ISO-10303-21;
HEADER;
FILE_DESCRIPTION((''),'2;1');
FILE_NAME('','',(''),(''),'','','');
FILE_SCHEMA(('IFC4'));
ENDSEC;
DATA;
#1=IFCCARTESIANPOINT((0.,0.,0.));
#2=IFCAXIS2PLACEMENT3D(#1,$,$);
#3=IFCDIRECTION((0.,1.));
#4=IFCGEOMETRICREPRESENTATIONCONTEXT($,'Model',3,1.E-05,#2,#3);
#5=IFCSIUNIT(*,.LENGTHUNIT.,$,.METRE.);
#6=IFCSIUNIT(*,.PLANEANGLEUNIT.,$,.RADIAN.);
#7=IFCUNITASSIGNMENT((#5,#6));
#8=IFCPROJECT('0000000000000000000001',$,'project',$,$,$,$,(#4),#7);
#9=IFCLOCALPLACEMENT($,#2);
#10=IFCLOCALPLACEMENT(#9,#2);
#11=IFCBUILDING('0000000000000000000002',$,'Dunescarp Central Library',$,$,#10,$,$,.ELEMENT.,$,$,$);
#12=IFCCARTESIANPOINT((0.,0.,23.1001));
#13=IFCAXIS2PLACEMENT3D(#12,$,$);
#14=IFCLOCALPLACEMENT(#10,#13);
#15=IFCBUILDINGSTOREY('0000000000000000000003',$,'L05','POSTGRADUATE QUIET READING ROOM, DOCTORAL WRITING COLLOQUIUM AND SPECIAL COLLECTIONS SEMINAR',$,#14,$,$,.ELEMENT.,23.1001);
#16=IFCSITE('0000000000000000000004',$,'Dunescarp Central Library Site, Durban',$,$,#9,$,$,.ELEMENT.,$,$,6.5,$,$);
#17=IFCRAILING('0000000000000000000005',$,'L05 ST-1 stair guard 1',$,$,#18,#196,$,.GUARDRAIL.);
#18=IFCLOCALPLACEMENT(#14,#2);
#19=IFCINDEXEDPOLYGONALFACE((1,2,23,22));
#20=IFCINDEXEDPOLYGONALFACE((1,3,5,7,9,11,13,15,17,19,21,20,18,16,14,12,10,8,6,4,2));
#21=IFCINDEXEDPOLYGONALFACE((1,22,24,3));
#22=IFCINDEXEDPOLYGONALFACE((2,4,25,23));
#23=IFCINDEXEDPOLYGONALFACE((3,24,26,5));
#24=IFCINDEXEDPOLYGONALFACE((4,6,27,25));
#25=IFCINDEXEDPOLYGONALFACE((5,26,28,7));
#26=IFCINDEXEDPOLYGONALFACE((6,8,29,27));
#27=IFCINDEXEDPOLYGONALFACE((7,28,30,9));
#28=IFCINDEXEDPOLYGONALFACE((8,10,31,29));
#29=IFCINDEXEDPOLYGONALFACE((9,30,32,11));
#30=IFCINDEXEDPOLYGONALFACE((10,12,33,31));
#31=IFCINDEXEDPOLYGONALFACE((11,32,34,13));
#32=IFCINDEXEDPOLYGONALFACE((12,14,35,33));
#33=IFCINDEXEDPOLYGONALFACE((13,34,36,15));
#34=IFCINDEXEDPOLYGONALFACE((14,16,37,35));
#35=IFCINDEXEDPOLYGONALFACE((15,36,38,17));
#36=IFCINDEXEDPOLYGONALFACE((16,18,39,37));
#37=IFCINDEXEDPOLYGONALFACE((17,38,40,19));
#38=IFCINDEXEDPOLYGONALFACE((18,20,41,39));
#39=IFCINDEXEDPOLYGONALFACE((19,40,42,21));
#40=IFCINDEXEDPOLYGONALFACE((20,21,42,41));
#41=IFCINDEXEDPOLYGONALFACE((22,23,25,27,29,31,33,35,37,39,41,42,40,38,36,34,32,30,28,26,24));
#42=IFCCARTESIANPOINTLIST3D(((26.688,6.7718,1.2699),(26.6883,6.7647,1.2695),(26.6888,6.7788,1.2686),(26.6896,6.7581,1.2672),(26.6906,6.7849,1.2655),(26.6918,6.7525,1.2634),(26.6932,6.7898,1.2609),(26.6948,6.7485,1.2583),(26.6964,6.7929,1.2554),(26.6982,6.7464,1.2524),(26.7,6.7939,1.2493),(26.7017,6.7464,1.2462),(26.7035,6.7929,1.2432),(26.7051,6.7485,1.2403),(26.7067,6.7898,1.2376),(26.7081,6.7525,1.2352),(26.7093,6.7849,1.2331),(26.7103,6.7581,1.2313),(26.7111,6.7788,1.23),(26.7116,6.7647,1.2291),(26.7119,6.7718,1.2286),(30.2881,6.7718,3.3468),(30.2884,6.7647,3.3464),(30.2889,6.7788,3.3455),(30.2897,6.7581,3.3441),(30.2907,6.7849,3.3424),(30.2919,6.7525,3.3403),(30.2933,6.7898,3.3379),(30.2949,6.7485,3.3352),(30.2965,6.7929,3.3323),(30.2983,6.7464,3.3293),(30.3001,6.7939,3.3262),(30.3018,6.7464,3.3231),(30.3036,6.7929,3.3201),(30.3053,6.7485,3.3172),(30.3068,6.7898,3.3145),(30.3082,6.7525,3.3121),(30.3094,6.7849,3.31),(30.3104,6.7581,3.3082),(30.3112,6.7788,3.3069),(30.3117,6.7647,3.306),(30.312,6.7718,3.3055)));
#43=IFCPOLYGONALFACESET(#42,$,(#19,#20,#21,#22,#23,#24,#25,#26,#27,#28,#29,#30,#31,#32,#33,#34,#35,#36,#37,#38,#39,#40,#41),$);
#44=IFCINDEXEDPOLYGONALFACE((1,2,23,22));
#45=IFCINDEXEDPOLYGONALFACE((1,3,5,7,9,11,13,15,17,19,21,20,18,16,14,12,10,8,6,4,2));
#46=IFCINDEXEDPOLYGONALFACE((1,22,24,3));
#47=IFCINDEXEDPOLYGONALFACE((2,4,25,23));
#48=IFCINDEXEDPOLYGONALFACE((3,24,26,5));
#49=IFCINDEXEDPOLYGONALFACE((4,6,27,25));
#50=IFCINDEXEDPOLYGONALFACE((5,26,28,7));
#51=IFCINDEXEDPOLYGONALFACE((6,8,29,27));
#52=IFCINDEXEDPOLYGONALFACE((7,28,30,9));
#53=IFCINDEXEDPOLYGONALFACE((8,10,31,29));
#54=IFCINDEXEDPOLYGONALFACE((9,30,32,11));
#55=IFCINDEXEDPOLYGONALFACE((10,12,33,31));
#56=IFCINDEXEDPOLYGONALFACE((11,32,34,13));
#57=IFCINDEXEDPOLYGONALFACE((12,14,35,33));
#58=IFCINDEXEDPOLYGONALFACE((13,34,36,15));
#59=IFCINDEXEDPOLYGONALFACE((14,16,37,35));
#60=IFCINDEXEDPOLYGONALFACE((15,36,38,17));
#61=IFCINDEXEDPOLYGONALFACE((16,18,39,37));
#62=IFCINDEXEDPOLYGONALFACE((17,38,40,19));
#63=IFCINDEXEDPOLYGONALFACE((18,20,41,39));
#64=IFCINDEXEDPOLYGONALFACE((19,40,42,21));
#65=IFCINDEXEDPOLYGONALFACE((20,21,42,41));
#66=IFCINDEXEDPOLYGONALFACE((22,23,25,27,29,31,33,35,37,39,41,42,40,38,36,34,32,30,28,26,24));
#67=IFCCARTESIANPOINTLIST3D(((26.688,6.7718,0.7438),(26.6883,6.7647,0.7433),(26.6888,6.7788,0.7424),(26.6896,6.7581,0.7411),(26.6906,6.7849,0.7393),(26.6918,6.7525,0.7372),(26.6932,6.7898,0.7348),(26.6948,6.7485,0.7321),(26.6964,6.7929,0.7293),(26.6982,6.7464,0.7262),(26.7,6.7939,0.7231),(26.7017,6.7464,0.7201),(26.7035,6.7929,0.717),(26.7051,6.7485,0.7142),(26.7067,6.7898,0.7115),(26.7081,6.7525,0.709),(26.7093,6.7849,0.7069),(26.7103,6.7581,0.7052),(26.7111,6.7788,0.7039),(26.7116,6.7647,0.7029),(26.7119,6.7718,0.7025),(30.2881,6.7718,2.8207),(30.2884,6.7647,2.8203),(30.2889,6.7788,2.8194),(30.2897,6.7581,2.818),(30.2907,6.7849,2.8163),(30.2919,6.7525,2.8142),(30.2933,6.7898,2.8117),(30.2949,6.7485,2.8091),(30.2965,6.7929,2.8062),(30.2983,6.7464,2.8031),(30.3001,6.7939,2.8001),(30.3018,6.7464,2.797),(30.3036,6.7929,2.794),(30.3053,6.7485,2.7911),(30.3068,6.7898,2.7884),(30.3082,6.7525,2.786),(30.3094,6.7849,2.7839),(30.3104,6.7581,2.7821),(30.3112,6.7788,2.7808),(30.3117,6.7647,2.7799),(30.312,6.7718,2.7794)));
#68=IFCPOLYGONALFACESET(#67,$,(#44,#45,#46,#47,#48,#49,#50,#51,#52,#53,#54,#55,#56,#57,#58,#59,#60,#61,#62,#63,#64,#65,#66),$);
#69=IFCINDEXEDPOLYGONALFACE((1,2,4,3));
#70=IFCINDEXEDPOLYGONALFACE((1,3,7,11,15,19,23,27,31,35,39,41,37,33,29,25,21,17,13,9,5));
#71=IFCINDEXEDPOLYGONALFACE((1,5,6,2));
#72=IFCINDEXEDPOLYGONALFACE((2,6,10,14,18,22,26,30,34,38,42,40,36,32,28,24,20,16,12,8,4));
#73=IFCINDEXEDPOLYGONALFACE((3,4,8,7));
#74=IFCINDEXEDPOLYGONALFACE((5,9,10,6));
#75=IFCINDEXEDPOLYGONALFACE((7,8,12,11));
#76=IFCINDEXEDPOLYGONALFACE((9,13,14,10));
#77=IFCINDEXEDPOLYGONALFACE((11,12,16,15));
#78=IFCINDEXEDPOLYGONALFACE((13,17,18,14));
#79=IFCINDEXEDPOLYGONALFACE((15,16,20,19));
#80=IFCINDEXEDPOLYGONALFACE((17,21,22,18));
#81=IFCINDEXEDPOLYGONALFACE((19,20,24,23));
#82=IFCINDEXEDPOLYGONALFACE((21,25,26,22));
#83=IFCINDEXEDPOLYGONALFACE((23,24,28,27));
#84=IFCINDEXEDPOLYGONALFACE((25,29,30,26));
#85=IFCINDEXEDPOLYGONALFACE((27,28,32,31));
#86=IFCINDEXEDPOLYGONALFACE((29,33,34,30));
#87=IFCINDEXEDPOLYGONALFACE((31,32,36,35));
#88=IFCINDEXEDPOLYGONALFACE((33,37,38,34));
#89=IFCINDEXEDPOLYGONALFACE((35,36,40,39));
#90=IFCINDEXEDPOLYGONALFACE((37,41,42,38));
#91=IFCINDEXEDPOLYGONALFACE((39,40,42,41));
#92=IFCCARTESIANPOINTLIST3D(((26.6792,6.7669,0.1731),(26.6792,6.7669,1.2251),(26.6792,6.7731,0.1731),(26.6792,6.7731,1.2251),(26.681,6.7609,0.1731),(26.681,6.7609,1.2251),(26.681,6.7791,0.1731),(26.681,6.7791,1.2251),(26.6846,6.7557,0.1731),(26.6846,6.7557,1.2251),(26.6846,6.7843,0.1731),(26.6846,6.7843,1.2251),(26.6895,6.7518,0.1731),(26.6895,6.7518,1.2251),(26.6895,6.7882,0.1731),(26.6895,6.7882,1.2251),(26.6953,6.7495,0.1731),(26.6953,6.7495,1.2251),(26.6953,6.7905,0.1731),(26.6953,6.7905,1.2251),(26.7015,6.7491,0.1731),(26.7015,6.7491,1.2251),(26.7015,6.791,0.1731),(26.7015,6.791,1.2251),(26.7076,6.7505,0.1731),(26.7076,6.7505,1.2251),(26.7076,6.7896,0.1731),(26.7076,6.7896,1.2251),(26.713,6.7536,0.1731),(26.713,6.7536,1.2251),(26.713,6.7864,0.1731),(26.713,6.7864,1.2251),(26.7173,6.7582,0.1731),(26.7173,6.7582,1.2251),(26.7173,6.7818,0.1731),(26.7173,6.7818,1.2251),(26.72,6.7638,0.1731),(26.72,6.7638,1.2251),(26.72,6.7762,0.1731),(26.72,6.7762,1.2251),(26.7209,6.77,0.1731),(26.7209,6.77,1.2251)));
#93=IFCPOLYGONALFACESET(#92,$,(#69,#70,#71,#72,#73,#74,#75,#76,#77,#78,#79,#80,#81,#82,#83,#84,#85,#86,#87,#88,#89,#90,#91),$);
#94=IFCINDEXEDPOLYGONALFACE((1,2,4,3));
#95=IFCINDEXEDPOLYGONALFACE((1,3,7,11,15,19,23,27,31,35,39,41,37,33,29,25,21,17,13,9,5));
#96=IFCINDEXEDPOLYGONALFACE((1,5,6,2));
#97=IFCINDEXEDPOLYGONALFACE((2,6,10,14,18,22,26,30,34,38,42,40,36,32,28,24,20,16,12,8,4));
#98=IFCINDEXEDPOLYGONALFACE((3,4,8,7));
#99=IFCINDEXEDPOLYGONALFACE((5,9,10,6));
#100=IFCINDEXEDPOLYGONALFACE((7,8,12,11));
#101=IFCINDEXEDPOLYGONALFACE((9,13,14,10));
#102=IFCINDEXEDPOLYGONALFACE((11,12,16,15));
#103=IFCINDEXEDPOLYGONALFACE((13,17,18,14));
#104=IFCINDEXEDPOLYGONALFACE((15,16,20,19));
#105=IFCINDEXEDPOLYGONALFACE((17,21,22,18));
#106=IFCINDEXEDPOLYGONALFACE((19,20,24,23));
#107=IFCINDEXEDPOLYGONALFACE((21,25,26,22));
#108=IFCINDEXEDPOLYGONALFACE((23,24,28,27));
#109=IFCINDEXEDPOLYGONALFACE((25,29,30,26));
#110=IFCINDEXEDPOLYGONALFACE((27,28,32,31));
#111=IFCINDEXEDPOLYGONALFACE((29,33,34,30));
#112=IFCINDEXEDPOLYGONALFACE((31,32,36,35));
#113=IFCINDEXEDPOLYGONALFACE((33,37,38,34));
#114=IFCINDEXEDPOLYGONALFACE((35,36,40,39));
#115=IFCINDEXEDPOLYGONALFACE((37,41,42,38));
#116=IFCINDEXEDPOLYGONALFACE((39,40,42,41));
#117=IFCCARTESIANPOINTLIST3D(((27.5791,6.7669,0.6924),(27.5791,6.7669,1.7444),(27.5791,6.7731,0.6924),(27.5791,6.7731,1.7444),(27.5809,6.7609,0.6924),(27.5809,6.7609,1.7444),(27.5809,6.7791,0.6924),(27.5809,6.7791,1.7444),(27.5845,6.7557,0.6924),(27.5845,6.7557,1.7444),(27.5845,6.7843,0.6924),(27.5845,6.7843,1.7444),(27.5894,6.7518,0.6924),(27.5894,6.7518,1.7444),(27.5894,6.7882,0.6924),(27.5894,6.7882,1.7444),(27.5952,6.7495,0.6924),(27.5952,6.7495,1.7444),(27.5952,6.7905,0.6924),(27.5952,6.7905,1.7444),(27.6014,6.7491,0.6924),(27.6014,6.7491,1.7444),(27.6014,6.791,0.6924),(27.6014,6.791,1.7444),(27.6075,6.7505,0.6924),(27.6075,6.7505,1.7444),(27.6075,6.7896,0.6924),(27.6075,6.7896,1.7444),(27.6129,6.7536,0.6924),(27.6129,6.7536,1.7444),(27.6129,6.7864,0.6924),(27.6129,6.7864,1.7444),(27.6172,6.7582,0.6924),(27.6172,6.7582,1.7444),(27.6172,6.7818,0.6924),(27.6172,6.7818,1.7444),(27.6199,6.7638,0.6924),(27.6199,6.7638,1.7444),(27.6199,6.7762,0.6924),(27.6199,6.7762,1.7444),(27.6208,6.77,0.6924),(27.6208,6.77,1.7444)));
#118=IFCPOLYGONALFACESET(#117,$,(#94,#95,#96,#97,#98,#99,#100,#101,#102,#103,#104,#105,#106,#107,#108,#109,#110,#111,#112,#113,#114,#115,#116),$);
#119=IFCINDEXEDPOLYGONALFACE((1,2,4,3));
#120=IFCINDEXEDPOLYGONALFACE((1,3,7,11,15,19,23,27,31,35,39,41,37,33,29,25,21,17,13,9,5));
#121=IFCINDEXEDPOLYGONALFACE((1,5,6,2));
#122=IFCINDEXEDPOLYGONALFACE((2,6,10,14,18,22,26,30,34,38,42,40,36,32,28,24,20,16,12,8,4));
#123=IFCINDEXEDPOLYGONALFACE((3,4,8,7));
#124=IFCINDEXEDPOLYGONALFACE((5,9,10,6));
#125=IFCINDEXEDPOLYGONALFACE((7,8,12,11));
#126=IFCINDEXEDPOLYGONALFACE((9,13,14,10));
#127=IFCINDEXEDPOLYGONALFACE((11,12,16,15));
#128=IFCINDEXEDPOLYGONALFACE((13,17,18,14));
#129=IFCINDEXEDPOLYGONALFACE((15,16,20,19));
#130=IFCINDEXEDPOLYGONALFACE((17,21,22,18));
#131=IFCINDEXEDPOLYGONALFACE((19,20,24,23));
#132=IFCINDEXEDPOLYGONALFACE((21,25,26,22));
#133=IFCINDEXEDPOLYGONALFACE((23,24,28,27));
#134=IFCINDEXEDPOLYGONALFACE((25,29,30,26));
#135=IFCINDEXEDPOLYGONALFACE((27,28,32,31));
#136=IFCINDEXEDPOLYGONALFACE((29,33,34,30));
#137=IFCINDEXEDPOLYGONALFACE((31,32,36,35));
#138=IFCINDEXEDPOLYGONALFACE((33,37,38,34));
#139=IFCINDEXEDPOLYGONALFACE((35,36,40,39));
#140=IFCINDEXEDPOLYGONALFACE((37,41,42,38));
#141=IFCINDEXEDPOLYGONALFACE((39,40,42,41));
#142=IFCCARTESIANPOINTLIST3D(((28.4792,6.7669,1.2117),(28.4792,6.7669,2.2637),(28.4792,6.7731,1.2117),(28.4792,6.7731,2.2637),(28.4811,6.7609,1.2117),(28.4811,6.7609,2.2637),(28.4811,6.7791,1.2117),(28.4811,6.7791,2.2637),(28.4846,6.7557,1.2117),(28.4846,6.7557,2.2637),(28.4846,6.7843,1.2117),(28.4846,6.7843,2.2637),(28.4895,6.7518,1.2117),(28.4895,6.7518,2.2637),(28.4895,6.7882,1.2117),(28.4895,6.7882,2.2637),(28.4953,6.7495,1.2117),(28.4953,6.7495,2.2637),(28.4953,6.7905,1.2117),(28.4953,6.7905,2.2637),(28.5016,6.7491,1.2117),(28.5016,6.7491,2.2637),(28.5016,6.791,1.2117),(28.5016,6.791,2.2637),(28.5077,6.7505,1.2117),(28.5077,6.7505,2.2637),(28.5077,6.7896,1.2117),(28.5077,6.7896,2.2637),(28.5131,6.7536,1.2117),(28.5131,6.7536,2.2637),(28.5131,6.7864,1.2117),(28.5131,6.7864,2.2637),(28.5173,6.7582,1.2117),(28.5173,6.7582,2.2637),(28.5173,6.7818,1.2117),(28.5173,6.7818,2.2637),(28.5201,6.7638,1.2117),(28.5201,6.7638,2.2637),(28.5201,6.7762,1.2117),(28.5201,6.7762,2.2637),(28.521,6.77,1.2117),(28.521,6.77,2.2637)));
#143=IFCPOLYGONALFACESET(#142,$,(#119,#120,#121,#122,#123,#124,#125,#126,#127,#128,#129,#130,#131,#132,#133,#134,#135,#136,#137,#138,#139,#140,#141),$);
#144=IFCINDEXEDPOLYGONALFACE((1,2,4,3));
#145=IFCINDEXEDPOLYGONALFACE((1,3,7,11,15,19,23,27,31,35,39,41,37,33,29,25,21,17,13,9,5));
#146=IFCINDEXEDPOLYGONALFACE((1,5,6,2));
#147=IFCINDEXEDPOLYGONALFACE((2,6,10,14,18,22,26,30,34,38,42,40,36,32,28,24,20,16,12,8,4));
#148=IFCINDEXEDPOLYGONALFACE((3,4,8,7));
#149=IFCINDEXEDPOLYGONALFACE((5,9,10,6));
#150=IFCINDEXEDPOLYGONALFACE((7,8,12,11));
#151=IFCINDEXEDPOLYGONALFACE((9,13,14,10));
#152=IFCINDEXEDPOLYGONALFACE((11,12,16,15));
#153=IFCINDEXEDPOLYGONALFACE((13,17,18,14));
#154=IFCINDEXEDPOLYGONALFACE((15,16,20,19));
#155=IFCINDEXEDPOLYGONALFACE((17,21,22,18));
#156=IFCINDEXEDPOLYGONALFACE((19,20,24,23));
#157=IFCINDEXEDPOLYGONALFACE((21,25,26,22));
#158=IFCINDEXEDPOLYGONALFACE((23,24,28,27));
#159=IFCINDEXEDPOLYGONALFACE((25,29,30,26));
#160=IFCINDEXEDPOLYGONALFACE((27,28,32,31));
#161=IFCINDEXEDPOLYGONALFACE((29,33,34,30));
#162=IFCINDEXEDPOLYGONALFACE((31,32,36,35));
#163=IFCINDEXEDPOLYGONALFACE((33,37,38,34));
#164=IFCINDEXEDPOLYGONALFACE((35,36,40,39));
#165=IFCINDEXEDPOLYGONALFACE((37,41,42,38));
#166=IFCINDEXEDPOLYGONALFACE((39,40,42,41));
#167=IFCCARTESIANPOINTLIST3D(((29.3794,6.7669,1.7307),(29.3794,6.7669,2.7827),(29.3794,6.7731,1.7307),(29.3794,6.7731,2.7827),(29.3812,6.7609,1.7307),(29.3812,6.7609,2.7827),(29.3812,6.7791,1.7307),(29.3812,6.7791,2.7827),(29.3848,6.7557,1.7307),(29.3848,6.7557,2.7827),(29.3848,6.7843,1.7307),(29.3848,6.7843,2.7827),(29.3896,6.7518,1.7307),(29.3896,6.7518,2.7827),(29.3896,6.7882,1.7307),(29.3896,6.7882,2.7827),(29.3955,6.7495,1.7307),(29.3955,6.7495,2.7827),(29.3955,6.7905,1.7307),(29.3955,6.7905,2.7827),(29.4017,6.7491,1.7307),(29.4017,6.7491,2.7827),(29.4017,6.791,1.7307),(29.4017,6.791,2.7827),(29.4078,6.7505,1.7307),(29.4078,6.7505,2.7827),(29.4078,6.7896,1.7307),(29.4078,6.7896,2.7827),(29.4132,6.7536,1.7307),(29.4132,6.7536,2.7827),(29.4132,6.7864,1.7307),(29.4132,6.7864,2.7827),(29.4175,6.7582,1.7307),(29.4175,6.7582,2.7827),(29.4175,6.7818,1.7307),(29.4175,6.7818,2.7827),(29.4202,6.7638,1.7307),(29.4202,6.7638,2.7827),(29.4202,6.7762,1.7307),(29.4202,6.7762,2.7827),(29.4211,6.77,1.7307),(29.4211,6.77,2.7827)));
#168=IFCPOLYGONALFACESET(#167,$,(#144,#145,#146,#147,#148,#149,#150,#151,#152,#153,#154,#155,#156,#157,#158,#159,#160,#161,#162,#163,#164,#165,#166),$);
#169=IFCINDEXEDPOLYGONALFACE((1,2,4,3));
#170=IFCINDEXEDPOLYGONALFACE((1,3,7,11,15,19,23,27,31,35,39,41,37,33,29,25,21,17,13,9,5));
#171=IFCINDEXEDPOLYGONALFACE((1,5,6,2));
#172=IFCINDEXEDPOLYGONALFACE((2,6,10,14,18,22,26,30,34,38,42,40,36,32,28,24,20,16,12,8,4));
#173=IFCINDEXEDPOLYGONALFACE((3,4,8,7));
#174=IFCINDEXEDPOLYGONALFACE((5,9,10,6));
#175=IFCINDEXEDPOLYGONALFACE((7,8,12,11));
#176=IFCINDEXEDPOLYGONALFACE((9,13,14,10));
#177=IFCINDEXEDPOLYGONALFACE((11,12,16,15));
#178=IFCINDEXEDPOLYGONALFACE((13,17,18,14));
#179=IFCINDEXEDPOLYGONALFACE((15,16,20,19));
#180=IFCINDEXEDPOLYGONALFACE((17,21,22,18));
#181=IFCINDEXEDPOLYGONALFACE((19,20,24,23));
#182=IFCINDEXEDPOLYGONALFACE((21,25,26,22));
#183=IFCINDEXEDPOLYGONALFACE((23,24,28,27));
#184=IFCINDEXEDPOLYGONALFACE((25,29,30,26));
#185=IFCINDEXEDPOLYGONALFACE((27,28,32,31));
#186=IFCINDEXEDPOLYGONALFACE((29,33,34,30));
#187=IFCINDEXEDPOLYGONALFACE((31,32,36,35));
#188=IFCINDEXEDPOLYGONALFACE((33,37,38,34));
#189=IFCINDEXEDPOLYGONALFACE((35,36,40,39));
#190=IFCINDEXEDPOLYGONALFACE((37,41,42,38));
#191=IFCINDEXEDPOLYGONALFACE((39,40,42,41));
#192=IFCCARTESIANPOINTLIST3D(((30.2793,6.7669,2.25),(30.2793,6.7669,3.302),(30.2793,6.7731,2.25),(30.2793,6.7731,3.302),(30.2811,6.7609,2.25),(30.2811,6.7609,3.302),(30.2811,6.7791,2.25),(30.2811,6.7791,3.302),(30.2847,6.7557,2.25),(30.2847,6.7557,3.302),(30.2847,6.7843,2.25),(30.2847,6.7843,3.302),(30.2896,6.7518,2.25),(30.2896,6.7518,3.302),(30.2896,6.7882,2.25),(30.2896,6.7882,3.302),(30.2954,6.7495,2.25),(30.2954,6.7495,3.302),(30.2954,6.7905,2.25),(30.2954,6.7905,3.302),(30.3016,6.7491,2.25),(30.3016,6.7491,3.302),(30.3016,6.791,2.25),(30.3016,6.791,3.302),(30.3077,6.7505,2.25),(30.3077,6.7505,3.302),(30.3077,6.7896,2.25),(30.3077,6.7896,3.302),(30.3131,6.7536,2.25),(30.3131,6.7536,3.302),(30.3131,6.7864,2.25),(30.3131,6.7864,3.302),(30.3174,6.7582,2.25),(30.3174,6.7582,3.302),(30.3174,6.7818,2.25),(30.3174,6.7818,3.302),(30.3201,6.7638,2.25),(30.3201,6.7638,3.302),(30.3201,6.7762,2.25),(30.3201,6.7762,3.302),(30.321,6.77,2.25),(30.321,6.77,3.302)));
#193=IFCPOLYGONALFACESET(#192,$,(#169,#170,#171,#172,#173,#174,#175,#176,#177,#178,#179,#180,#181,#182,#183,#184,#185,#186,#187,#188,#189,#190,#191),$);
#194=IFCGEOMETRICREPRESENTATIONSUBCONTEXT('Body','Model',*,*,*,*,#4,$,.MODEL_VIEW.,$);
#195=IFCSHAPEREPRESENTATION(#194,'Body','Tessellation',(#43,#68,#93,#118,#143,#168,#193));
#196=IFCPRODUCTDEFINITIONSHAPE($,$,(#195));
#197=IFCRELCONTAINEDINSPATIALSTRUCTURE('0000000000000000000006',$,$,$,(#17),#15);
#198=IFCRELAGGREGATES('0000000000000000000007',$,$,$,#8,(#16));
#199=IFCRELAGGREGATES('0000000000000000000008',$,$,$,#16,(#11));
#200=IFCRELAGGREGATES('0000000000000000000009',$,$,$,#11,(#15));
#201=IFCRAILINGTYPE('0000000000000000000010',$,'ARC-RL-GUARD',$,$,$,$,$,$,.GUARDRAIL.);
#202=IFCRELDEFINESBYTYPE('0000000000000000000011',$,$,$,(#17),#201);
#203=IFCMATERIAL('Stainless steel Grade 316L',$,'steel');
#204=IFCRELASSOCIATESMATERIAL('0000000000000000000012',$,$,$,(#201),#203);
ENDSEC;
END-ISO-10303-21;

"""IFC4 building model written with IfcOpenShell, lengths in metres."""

from ifc_helpers import new_model, si_unit, direction, frame, origin, origin_2d, place, context, subcontext, project, spatial, circle, extrude, material, type_object, element, save


model = new_model("IFC4")

# Units and contexts
model_context = context("Model", 3, precision=1e-05, world=origin(), true_north=direction((0.0, 1.0)))
body_context = subcontext(model_context, "Body", "Model", "MODEL_VIEW")
ifc_project = project(units=[si_unit("LENGTHUNIT", "METRE"), si_unit("PLANEANGLEUNIT", "RADIAN")], contexts=[model_context])

# Site, building, storey
site_placement = place(None, origin())
site = spatial("IfcSite", under=ifc_project, at=site_placement, Name="Dunescarp Central Library Site, Durban", CompositionType="ELEMENT", RefElevation=6.5)
building_placement = place(site_placement, origin())
building = spatial("IfcBuilding", under=site, at=building_placement, Name="Dunescarp Central Library", CompositionType="ELEMENT")
storey_placement = place(building_placement, frame((0.0, 0.0, 23.1001)))
storey = spatial("IfcBuildingStorey", under=building, at=storey_placement, Name="L05", Description="POSTGRADUATE QUIET READING ROOM, DOCTORAL WRITING COLLOQUIUM AND SPECIAL COLLECTIONS SEMINAR", CompositionType="ELEMENT", Elevation=23.1001)

# Shared definitions
ifc_material_1 = material(Name="Stainless steel Grade 316L", Category="steel")

# Railing
railing_type_1 = type_object("IfcRailingType", Name="ARC-RL-GUARD", PredefinedType="GUARDRAIL", material=ifc_material_1)
railing_1_placement = place(storey_placement, frame((26.7, 6.77, 0.1731)))
element("IfcRailing", 1, at=railing_1_placement, inside=storey, type_object=railing_type_1, Name="L05 ST-1 stair guard 1", PredefinedType="GUARDRAIL", context=body_context, shape_type="SweptSolid", body=[
    extrude(circle(Radius=0.0239, at=origin_2d()), frame((0.0, 0.0, 1.0762), z_axis=(0.866193, 0.0, 0.499709), x_axis=(0.0, 1.0, 0.0)), (0.0, 0.0, 1.0), 4.1562),
    extrude(circle(Radius=0.0239, at=origin_2d()), frame((0.0, 0.0, 0.55), z_axis=(0.866193, 0.0, 0.499709), x_axis=(0.0, 1.0, 0.0)), (0.0, 0.0, 1.0), 4.1562),
    extrude(circle(Radius=0.021, at=origin_2d()), origin(), (0.0, 0.0, 1.0), 1.052),
    extrude(circle(Radius=0.021, at=origin_2d()), frame((0.8999, 0.0, 0.5193)), (0.0, 0.0, 1.0), 1.052),
    extrude(circle(Radius=0.021, at=origin_2d()), frame((1.8, 0.0, 1.0386)), (0.0, 0.0, 1.0), 1.052),
    extrude(circle(Radius=0.021, at=origin_2d()), frame((2.7002, 0.0, 1.5576)), (0.0, 0.0, 1.0), 1.052),
    extrude(circle(Radius=0.021, at=origin_2d()), frame((3.6001, 0.0, 2.0769)), (0.0, 0.0, 1.0), 1.052),
])

save(model, "model.ifc")
